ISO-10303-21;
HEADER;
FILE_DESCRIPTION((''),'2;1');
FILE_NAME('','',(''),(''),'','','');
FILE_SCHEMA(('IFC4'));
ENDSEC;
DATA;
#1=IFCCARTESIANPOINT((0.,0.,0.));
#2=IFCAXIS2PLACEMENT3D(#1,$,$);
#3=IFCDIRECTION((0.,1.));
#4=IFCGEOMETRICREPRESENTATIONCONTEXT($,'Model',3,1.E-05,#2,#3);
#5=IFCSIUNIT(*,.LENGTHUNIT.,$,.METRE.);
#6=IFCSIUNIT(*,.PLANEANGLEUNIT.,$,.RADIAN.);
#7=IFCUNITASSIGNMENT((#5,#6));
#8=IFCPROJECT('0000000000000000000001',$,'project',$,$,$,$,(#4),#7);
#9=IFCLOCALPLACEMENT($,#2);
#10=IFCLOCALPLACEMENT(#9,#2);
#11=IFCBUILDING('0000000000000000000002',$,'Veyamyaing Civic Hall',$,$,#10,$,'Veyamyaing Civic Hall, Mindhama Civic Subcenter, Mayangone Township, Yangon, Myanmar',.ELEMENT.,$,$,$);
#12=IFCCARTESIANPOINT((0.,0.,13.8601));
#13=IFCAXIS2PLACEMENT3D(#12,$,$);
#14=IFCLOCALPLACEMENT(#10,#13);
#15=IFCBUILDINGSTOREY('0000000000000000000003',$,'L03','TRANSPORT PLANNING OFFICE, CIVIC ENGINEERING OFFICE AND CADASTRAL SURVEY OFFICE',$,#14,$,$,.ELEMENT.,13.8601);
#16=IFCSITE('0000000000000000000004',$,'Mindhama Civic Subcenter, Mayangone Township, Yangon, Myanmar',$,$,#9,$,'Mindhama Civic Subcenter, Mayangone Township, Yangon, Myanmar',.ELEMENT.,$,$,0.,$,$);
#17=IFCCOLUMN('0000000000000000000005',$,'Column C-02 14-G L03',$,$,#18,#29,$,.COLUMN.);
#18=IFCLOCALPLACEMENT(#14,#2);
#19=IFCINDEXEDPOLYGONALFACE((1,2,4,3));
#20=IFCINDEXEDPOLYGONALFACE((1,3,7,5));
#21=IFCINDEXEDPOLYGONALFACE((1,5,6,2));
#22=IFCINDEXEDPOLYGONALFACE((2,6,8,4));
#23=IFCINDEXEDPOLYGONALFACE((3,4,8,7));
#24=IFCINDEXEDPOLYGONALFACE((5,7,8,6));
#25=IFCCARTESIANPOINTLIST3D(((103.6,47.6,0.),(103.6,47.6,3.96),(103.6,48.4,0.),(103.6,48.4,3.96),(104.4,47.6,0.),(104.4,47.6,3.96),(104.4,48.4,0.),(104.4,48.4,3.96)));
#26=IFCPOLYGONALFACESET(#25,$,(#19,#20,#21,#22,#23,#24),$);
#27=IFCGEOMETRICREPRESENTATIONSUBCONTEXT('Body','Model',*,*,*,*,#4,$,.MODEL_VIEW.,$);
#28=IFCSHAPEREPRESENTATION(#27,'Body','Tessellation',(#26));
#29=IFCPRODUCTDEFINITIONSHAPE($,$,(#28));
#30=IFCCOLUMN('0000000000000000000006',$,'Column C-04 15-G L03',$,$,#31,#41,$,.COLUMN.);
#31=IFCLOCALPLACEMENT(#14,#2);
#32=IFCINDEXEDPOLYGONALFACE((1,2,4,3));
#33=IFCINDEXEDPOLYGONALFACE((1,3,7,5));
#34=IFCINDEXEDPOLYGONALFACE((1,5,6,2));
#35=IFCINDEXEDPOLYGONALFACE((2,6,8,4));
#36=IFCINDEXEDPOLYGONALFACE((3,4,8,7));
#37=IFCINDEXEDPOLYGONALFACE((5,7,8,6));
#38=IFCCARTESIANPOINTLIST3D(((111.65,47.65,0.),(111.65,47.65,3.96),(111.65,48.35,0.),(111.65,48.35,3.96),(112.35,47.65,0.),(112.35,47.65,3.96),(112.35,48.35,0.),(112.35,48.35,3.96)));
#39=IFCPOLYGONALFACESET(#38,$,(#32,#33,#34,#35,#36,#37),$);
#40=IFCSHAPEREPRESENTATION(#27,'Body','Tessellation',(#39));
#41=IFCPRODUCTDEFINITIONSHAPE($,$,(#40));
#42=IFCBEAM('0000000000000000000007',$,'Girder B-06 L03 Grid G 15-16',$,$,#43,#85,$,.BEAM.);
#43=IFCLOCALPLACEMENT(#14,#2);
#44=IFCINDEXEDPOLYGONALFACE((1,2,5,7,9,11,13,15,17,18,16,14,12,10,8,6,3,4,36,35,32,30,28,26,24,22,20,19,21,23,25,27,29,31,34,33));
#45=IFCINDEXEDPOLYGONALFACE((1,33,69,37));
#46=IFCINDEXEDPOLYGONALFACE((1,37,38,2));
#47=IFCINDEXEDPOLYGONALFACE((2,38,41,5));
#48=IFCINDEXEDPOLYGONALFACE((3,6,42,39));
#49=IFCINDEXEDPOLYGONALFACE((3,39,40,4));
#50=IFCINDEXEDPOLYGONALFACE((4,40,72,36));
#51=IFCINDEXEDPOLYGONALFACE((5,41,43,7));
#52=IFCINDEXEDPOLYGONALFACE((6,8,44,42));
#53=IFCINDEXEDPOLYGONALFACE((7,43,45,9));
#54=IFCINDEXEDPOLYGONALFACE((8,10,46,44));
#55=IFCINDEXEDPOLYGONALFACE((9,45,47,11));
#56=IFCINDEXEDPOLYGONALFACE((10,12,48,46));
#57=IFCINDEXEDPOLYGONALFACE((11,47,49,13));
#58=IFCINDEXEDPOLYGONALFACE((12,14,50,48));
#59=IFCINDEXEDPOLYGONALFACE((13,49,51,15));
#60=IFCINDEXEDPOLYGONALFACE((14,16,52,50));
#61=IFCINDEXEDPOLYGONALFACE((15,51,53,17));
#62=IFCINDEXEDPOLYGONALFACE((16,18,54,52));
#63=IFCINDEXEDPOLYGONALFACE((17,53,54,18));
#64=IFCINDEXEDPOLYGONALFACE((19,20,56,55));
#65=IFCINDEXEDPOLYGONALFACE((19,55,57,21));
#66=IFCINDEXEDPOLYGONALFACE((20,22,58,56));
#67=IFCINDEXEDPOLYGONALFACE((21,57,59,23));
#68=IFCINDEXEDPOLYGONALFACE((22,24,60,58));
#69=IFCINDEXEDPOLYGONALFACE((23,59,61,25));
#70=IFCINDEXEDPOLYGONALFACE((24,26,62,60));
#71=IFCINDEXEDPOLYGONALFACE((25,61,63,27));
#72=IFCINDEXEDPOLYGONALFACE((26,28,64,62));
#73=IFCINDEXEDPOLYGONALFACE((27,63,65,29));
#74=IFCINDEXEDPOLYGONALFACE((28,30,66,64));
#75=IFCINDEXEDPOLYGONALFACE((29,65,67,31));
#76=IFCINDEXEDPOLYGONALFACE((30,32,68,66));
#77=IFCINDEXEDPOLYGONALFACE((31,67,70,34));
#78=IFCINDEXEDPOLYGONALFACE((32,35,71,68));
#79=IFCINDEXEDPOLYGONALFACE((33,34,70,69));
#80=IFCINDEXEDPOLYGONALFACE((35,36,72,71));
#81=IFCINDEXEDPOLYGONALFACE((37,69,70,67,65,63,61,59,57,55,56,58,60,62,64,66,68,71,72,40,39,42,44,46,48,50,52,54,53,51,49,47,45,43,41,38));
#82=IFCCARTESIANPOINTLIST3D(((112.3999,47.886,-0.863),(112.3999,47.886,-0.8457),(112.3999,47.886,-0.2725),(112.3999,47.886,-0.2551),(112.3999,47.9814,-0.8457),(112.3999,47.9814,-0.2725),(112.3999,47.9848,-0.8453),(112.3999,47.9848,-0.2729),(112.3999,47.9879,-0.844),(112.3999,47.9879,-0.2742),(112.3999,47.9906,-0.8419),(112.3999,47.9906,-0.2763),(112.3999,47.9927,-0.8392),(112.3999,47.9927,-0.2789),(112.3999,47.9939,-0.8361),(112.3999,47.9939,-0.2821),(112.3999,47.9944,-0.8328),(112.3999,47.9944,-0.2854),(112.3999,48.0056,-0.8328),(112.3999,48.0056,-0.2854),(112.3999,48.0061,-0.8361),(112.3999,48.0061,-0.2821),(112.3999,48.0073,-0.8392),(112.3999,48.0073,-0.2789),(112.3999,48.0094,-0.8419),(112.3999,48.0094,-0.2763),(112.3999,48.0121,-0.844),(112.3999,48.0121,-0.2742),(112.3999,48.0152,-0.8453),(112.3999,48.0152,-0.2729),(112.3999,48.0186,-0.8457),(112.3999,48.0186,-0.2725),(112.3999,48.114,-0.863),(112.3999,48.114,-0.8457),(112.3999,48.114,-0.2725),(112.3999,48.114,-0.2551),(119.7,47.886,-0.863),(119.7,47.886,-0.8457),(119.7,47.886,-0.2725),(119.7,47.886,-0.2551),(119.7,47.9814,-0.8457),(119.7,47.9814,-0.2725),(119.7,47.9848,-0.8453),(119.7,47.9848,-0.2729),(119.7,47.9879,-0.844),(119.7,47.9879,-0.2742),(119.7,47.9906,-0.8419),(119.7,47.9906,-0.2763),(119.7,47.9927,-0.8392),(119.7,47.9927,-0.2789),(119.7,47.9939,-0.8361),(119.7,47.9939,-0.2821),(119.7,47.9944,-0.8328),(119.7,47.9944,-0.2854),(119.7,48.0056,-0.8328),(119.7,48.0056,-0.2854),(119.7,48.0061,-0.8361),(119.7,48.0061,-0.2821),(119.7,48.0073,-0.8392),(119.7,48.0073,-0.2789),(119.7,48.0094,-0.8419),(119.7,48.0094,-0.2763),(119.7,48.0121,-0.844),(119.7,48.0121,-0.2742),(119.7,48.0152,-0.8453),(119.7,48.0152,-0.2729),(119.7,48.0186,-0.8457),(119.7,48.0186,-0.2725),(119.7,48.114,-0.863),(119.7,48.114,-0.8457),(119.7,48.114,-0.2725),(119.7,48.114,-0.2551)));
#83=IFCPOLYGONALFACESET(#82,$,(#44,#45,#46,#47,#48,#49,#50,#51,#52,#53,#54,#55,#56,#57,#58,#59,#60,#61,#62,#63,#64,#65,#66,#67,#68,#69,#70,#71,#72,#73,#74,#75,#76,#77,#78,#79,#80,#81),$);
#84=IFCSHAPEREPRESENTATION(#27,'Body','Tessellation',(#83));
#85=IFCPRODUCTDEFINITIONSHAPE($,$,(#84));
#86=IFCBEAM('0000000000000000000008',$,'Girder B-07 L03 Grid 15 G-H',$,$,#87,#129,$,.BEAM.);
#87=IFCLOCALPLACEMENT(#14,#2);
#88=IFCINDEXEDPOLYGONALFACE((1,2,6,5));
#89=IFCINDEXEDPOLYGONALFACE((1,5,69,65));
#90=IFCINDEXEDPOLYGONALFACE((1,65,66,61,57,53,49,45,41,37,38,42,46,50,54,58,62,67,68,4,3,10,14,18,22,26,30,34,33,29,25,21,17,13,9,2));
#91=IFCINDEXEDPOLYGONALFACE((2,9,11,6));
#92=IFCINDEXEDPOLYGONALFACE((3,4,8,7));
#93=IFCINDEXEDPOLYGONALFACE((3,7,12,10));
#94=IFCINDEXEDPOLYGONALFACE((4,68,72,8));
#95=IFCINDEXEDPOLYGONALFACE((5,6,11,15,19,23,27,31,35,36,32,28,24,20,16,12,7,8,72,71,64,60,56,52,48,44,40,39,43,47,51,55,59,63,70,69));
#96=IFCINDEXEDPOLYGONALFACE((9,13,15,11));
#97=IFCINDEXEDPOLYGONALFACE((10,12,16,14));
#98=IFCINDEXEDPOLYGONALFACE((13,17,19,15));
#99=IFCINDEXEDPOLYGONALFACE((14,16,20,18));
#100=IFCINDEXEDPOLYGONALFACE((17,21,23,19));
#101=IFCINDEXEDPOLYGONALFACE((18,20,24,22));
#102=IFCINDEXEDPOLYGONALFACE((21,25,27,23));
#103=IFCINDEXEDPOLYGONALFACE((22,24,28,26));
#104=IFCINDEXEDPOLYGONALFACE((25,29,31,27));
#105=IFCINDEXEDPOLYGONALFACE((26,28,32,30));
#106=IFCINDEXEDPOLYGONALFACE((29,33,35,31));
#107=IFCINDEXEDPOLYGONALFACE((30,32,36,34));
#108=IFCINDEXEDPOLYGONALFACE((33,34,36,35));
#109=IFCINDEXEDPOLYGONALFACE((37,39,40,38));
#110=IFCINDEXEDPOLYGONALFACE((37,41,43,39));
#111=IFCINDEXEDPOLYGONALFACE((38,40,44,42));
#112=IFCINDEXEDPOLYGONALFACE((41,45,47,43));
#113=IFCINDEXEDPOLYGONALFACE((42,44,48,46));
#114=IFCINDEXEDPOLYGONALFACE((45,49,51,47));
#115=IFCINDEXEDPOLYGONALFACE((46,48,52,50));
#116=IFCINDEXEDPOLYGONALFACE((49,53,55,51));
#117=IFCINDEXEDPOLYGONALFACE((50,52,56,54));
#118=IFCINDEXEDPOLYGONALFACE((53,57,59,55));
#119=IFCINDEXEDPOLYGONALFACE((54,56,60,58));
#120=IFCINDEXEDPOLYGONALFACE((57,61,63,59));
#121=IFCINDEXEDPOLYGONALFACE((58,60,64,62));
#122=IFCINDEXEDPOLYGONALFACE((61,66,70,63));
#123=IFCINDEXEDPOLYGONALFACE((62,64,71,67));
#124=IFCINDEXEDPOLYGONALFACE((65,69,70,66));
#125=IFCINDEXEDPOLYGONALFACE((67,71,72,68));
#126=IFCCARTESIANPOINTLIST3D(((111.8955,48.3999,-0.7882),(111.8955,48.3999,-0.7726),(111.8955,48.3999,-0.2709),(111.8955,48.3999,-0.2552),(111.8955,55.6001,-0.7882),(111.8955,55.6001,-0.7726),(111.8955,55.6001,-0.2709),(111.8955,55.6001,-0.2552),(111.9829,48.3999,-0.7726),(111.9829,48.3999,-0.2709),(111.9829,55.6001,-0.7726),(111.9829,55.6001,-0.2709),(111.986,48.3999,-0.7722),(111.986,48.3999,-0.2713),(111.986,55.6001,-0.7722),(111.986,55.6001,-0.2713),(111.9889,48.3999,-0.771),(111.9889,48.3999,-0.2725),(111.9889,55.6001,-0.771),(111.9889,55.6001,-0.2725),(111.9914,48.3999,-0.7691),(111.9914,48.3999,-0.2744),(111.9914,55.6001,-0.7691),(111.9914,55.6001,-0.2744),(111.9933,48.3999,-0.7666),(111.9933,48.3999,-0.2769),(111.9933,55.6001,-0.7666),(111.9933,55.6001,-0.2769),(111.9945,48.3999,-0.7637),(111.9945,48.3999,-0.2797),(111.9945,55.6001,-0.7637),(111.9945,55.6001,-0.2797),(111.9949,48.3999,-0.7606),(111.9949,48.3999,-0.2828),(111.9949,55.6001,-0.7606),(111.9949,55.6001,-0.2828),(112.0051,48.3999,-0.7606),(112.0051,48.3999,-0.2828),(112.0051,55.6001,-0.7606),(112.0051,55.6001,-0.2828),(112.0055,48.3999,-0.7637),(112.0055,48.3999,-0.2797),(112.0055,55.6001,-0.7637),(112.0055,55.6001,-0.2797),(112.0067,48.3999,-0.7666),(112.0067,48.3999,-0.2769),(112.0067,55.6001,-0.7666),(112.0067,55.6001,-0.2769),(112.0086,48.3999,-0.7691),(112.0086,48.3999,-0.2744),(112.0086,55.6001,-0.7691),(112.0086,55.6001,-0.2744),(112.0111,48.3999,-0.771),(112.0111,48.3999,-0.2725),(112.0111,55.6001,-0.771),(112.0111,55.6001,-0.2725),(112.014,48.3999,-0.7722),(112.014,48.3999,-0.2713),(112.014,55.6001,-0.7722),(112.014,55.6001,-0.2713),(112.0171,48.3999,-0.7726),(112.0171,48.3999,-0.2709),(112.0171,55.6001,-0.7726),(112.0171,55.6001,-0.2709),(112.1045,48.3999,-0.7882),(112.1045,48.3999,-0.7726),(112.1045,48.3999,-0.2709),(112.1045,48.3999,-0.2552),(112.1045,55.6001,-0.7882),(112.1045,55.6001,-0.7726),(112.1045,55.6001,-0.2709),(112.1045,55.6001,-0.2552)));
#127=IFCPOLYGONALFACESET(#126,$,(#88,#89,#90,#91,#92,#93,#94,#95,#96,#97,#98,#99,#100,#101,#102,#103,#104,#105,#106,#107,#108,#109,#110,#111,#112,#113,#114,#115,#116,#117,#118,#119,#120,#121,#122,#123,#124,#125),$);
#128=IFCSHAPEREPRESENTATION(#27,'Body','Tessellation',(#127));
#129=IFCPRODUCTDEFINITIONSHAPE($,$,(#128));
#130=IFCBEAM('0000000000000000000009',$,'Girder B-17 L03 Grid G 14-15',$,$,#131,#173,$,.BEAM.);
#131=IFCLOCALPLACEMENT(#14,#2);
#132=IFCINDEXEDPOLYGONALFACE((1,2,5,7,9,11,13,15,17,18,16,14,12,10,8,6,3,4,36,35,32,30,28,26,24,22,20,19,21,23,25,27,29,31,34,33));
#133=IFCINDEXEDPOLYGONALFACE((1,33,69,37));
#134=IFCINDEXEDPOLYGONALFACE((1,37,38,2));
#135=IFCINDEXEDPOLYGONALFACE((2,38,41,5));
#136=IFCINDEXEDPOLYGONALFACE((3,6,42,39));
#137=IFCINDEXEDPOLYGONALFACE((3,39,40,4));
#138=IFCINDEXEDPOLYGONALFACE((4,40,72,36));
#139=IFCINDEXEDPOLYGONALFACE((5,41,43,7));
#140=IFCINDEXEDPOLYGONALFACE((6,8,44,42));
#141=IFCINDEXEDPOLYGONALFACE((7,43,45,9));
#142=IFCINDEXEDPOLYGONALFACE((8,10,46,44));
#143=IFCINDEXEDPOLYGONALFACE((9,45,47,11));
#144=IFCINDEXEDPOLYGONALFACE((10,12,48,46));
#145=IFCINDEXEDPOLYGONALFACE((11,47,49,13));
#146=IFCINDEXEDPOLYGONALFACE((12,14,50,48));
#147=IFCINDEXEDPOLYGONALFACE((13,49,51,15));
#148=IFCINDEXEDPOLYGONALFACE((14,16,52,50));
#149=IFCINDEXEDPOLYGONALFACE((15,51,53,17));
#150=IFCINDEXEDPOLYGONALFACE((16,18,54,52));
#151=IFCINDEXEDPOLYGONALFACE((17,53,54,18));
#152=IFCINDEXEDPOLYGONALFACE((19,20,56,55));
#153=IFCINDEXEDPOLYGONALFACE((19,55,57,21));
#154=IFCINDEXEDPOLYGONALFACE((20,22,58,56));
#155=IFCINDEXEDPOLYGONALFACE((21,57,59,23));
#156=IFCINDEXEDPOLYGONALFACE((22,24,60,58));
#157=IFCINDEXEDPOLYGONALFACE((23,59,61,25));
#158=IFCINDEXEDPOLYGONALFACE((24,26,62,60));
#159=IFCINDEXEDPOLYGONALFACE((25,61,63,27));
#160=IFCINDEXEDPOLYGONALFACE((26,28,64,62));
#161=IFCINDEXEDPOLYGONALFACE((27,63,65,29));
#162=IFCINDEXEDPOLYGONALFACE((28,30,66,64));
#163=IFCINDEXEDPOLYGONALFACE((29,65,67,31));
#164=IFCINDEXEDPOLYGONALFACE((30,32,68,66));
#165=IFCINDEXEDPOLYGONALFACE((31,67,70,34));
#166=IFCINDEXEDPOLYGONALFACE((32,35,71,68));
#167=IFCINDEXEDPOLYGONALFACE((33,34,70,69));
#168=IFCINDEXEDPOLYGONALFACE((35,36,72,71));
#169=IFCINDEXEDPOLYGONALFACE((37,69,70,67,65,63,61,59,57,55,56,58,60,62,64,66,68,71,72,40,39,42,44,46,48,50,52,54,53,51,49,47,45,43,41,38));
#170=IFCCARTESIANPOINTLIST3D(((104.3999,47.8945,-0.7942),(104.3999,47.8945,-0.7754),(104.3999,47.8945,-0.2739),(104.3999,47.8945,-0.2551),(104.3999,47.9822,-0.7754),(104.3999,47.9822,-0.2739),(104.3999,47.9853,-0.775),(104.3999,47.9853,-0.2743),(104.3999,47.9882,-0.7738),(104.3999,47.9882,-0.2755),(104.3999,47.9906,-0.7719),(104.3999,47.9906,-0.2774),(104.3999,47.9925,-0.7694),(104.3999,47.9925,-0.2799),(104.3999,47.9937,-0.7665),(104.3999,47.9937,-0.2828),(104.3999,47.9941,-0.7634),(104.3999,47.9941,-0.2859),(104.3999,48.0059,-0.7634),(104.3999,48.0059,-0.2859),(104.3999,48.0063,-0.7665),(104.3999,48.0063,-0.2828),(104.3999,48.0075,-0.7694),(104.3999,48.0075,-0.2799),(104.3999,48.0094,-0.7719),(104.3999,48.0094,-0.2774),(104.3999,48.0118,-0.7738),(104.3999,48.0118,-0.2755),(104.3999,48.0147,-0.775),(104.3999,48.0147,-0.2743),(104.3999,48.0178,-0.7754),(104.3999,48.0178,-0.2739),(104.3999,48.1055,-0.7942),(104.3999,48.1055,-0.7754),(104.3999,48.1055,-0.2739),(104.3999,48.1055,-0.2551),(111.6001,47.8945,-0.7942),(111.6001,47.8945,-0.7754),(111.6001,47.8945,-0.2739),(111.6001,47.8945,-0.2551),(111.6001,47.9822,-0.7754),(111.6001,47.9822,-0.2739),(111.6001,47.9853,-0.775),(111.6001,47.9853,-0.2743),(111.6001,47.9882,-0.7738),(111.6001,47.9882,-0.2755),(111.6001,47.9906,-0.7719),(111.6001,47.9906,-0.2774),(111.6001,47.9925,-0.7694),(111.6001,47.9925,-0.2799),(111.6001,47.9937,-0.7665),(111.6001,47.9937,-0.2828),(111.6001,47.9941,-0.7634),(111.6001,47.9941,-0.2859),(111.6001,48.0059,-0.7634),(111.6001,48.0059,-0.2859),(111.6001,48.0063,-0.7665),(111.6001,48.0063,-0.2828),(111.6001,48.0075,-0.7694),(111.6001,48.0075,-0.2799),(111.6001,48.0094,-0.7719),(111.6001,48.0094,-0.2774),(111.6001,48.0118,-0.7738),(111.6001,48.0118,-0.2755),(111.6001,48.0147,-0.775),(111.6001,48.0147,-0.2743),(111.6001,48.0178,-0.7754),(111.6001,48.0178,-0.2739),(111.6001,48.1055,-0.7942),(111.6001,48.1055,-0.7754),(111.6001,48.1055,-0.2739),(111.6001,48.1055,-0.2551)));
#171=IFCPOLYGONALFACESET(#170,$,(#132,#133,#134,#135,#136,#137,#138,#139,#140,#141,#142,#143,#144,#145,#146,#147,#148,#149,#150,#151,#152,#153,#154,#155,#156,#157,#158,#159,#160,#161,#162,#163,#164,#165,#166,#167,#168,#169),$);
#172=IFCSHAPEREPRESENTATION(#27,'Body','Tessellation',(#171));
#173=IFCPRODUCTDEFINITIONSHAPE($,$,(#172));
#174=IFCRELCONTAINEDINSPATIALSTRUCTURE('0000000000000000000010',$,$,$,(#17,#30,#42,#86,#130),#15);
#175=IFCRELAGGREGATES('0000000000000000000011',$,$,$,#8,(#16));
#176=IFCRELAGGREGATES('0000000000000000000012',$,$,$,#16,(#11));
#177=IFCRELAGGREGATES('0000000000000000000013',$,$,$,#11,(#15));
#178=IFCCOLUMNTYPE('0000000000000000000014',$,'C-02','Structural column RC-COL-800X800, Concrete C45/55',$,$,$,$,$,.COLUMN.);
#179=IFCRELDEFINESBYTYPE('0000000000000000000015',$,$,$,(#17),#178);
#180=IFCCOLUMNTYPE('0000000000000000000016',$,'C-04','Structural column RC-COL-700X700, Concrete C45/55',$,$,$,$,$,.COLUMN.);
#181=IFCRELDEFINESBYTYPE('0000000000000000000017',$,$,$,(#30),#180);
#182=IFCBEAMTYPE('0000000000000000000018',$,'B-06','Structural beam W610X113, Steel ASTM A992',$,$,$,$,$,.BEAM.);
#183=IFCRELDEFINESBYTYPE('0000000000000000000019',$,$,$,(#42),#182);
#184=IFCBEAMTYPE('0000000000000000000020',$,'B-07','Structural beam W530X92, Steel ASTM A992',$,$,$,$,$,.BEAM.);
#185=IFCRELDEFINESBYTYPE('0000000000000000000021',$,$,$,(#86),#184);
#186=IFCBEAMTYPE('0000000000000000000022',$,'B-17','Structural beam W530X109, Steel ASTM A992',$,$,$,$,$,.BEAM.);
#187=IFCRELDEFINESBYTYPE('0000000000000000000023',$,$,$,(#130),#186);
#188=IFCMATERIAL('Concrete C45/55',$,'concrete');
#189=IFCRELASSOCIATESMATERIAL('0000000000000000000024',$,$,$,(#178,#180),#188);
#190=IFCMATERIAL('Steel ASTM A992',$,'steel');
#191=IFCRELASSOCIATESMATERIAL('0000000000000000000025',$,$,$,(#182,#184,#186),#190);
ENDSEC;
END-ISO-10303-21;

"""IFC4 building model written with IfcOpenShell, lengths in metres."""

from ifc_helpers import new_model, si_unit, direction, frame, origin, origin_2d, place, context, subcontext, project, spatial, rectangle, i_section, extrude, material, material_profile, profile_set, type_object, element, save


model = new_model("IFC4")

# Units and contexts
model_context = context("Model", 3, precision=1e-05, world=origin(), true_north=direction((0.0, 1.0)))
body_context = subcontext(model_context, "Body", "Model", "MODEL_VIEW")
ifc_project = project(units=[si_unit("LENGTHUNIT", "METRE"), si_unit("PLANEANGLEUNIT", "RADIAN")], contexts=[model_context])

# Site, building, storey
site_placement = place(None, origin())
site = spatial("IfcSite", under=ifc_project, at=site_placement, Name="Mindhama Civic Subcenter, Mayangone Township, Yangon, Myanmar", LongName="Mindhama Civic Subcenter, Mayangone Township, Yangon, Myanmar", CompositionType="ELEMENT", RefElevation=0.0)
building_placement = place(site_placement, origin())
building = spatial("IfcBuilding", under=site, at=building_placement, Name="Veyamyaing Civic Hall", LongName="Veyamyaing Civic Hall, Mindhama Civic Subcenter, Mayangone Township, Yangon, Myanmar", CompositionType="ELEMENT")
storey_placement = place(building_placement, frame((0.0, 0.0, 13.8601)))
storey = spatial("IfcBuildingStorey", under=building, at=storey_placement, Name="L03", Description="TRANSPORT PLANNING OFFICE, CIVIC ENGINEERING OFFICE AND CADASTRAL SURVEY OFFICE", CompositionType="ELEMENT", Elevation=13.8601)

# Columns
ifc_material_1 = material(Name="Concrete C45/55", Category="concrete")
ifc_material_profile_1 = material_profile(ifc_material_1, rectangle(XDim=0.8, YDim=0.8, at=origin_2d()), Name="RC-COL-800X800")
ifc_profile_set_1 = profile_set([ifc_material_profile_1], Name="Concrete C45/55")
column_type_1 = type_object("IfcColumnType", Name="C-02", Description="Structural column RC-COL-800X800, Concrete C45/55", PredefinedType="COLUMN", material=ifc_profile_set_1)
column_1_placement = place(storey_placement, frame((104.0, 48.0, 0.0), z_axis=(0.0, 0.0, 1.0), x_axis=(1.0, 0.0, 0.0)))
element("IfcColumn", 1, at=column_1_placement, inside=storey, type_object=column_type_1, Name="Column C-02 14-G L03", PredefinedType="COLUMN", context=body_context, shape_type="SweptSolid", body=[
    extrude(rectangle(XDim=0.8, YDim=0.8, at=origin_2d()), origin(), (0.0, 0.0, 1.0), 3.96),
])
ifc_material_profile_2 = material_profile(ifc_material_1, rectangle(XDim=0.7, YDim=0.7, at=origin_2d()), Name="RC-COL-700X700")
ifc_profile_set_2 = profile_set([ifc_material_profile_2], Name="Concrete C45/55")
column_type_2 = type_object("IfcColumnType", Name="C-04", Description="Structural column RC-COL-700X700, Concrete C45/55", PredefinedType="COLUMN", material=ifc_profile_set_2)
column_2_placement = place(storey_placement, frame((112.0, 48.0, 0.0), z_axis=(0.0, 0.0, 1.0), x_axis=(1.0, 0.0, 0.0)))
element("IfcColumn", 2, at=column_2_placement, inside=storey, type_object=column_type_2, Name="Column C-04 15-G L03", PredefinedType="COLUMN", context=body_context, shape_type="SweptSolid", body=[
    extrude(rectangle(XDim=0.7, YDim=0.7, at=origin_2d()), origin(), (0.0, 0.0, 1.0), 3.96),
])

# Beams
ifc_material_2 = material(Name="Steel ASTM A992", Category="steel")
ifc_material_profile_3 = material_profile(ifc_material_2, i_section(OverallWidth=0.228, OverallDepth=0.6079, WebThickness=0.0112, FlangeThickness=0.0173, FilletRadius=0.0129, at=origin_2d()), Name="W610X113")
ifc_profile_set_3 = profile_set([ifc_material_profile_3], Name="Steel ASTM A992")
beam_type_1 = type_object("IfcBeamType", Name="B-06", Description="Structural beam W610X113, Steel ASTM A992", PredefinedType="BEAM", material=ifc_profile_set_3)
beam_1_placement = place(storey_placement, frame((112.3999, 48.0, -0.5591), z_axis=(1.0, 0.0, 0.0), x_axis=(0.0, 1.0, 0.0)))
element("IfcBeam", 3, at=beam_1_placement, inside=storey, type_object=beam_type_1, Name="Girder B-06 L03 Grid G 15-16", PredefinedType="BEAM", context=body_context, shape_type="SweptSolid", body=[
    extrude(i_section(OverallWidth=0.228, OverallDepth=0.6079, WebThickness=0.0112, FlangeThickness=0.0173, FilletRadius=0.0129, at=origin_2d()), origin(), (0.0, 0.0, 1.0), 7.3),
])
ifc_material_profile_4 = material_profile(ifc_material_2, i_section(OverallWidth=0.209, OverallDepth=0.533, WebThickness=0.0103, FlangeThickness=0.0156, FilletRadius=0.012, at=origin_2d()), Name="W530X92")
ifc_profile_set_4 = profile_set([ifc_material_profile_4], Name="Steel ASTM A992")
beam_type_2 = type_object("IfcBeamType", Name="B-07", Description="Structural beam W530X92, Steel ASTM A992", PredefinedType="BEAM", material=ifc_profile_set_4)
beam_2_placement = place(storey_placement, frame((112.0, 48.3999, -0.5217), z_axis=(0.0, 1.0, 0.0), x_axis=(-1.0, 0.0, 0.0)))
element("IfcBeam", 4, at=beam_2_placement, inside=storey, type_object=beam_type_2, Name="Girder B-07 L03 Grid 15 G-H", PredefinedType="BEAM", context=body_context, shape_type="SweptSolid", body=[
    extrude(i_section(OverallWidth=0.209, OverallDepth=0.533, WebThickness=0.0103, FlangeThickness=0.0156, FilletRadius=0.012, at=origin_2d()), origin(), (0.0, 0.0, 1.0), 7.2002),
])
ifc_material_profile_5 = material_profile(ifc_material_2, i_section(OverallWidth=0.2109, OverallDepth=0.5391, WebThickness=0.0117, FlangeThickness=0.0188, FilletRadius=0.012, at=origin_2d()), Name="W530X109")
ifc_profile_set_5 = profile_set([ifc_material_profile_5], Name="Steel ASTM A992")
beam_type_3 = type_object("IfcBeamType", Name="B-17", Description="Structural beam W530X109, Steel ASTM A992", PredefinedType="BEAM", material=ifc_profile_set_5)
beam_3_placement = place(storey_placement, frame((104.3999, 48.0, -0.5247), z_axis=(1.0, 0.0, 0.0), x_axis=(0.0, 1.0, 0.0)))
element("IfcBeam", 5, at=beam_3_placement, inside=storey, type_object=beam_type_3, Name="Girder B-17 L03 Grid G 14-15", PredefinedType="BEAM", context=body_context, shape_type="SweptSolid", body=[
    extrude(i_section(OverallWidth=0.2109, OverallDepth=0.5391, WebThickness=0.0117, FlangeThickness=0.0188, FilletRadius=0.012, at=origin_2d()), origin(), (0.0, 0.0, 1.0), 7.2002),
])

save(model, "model.ifc")
